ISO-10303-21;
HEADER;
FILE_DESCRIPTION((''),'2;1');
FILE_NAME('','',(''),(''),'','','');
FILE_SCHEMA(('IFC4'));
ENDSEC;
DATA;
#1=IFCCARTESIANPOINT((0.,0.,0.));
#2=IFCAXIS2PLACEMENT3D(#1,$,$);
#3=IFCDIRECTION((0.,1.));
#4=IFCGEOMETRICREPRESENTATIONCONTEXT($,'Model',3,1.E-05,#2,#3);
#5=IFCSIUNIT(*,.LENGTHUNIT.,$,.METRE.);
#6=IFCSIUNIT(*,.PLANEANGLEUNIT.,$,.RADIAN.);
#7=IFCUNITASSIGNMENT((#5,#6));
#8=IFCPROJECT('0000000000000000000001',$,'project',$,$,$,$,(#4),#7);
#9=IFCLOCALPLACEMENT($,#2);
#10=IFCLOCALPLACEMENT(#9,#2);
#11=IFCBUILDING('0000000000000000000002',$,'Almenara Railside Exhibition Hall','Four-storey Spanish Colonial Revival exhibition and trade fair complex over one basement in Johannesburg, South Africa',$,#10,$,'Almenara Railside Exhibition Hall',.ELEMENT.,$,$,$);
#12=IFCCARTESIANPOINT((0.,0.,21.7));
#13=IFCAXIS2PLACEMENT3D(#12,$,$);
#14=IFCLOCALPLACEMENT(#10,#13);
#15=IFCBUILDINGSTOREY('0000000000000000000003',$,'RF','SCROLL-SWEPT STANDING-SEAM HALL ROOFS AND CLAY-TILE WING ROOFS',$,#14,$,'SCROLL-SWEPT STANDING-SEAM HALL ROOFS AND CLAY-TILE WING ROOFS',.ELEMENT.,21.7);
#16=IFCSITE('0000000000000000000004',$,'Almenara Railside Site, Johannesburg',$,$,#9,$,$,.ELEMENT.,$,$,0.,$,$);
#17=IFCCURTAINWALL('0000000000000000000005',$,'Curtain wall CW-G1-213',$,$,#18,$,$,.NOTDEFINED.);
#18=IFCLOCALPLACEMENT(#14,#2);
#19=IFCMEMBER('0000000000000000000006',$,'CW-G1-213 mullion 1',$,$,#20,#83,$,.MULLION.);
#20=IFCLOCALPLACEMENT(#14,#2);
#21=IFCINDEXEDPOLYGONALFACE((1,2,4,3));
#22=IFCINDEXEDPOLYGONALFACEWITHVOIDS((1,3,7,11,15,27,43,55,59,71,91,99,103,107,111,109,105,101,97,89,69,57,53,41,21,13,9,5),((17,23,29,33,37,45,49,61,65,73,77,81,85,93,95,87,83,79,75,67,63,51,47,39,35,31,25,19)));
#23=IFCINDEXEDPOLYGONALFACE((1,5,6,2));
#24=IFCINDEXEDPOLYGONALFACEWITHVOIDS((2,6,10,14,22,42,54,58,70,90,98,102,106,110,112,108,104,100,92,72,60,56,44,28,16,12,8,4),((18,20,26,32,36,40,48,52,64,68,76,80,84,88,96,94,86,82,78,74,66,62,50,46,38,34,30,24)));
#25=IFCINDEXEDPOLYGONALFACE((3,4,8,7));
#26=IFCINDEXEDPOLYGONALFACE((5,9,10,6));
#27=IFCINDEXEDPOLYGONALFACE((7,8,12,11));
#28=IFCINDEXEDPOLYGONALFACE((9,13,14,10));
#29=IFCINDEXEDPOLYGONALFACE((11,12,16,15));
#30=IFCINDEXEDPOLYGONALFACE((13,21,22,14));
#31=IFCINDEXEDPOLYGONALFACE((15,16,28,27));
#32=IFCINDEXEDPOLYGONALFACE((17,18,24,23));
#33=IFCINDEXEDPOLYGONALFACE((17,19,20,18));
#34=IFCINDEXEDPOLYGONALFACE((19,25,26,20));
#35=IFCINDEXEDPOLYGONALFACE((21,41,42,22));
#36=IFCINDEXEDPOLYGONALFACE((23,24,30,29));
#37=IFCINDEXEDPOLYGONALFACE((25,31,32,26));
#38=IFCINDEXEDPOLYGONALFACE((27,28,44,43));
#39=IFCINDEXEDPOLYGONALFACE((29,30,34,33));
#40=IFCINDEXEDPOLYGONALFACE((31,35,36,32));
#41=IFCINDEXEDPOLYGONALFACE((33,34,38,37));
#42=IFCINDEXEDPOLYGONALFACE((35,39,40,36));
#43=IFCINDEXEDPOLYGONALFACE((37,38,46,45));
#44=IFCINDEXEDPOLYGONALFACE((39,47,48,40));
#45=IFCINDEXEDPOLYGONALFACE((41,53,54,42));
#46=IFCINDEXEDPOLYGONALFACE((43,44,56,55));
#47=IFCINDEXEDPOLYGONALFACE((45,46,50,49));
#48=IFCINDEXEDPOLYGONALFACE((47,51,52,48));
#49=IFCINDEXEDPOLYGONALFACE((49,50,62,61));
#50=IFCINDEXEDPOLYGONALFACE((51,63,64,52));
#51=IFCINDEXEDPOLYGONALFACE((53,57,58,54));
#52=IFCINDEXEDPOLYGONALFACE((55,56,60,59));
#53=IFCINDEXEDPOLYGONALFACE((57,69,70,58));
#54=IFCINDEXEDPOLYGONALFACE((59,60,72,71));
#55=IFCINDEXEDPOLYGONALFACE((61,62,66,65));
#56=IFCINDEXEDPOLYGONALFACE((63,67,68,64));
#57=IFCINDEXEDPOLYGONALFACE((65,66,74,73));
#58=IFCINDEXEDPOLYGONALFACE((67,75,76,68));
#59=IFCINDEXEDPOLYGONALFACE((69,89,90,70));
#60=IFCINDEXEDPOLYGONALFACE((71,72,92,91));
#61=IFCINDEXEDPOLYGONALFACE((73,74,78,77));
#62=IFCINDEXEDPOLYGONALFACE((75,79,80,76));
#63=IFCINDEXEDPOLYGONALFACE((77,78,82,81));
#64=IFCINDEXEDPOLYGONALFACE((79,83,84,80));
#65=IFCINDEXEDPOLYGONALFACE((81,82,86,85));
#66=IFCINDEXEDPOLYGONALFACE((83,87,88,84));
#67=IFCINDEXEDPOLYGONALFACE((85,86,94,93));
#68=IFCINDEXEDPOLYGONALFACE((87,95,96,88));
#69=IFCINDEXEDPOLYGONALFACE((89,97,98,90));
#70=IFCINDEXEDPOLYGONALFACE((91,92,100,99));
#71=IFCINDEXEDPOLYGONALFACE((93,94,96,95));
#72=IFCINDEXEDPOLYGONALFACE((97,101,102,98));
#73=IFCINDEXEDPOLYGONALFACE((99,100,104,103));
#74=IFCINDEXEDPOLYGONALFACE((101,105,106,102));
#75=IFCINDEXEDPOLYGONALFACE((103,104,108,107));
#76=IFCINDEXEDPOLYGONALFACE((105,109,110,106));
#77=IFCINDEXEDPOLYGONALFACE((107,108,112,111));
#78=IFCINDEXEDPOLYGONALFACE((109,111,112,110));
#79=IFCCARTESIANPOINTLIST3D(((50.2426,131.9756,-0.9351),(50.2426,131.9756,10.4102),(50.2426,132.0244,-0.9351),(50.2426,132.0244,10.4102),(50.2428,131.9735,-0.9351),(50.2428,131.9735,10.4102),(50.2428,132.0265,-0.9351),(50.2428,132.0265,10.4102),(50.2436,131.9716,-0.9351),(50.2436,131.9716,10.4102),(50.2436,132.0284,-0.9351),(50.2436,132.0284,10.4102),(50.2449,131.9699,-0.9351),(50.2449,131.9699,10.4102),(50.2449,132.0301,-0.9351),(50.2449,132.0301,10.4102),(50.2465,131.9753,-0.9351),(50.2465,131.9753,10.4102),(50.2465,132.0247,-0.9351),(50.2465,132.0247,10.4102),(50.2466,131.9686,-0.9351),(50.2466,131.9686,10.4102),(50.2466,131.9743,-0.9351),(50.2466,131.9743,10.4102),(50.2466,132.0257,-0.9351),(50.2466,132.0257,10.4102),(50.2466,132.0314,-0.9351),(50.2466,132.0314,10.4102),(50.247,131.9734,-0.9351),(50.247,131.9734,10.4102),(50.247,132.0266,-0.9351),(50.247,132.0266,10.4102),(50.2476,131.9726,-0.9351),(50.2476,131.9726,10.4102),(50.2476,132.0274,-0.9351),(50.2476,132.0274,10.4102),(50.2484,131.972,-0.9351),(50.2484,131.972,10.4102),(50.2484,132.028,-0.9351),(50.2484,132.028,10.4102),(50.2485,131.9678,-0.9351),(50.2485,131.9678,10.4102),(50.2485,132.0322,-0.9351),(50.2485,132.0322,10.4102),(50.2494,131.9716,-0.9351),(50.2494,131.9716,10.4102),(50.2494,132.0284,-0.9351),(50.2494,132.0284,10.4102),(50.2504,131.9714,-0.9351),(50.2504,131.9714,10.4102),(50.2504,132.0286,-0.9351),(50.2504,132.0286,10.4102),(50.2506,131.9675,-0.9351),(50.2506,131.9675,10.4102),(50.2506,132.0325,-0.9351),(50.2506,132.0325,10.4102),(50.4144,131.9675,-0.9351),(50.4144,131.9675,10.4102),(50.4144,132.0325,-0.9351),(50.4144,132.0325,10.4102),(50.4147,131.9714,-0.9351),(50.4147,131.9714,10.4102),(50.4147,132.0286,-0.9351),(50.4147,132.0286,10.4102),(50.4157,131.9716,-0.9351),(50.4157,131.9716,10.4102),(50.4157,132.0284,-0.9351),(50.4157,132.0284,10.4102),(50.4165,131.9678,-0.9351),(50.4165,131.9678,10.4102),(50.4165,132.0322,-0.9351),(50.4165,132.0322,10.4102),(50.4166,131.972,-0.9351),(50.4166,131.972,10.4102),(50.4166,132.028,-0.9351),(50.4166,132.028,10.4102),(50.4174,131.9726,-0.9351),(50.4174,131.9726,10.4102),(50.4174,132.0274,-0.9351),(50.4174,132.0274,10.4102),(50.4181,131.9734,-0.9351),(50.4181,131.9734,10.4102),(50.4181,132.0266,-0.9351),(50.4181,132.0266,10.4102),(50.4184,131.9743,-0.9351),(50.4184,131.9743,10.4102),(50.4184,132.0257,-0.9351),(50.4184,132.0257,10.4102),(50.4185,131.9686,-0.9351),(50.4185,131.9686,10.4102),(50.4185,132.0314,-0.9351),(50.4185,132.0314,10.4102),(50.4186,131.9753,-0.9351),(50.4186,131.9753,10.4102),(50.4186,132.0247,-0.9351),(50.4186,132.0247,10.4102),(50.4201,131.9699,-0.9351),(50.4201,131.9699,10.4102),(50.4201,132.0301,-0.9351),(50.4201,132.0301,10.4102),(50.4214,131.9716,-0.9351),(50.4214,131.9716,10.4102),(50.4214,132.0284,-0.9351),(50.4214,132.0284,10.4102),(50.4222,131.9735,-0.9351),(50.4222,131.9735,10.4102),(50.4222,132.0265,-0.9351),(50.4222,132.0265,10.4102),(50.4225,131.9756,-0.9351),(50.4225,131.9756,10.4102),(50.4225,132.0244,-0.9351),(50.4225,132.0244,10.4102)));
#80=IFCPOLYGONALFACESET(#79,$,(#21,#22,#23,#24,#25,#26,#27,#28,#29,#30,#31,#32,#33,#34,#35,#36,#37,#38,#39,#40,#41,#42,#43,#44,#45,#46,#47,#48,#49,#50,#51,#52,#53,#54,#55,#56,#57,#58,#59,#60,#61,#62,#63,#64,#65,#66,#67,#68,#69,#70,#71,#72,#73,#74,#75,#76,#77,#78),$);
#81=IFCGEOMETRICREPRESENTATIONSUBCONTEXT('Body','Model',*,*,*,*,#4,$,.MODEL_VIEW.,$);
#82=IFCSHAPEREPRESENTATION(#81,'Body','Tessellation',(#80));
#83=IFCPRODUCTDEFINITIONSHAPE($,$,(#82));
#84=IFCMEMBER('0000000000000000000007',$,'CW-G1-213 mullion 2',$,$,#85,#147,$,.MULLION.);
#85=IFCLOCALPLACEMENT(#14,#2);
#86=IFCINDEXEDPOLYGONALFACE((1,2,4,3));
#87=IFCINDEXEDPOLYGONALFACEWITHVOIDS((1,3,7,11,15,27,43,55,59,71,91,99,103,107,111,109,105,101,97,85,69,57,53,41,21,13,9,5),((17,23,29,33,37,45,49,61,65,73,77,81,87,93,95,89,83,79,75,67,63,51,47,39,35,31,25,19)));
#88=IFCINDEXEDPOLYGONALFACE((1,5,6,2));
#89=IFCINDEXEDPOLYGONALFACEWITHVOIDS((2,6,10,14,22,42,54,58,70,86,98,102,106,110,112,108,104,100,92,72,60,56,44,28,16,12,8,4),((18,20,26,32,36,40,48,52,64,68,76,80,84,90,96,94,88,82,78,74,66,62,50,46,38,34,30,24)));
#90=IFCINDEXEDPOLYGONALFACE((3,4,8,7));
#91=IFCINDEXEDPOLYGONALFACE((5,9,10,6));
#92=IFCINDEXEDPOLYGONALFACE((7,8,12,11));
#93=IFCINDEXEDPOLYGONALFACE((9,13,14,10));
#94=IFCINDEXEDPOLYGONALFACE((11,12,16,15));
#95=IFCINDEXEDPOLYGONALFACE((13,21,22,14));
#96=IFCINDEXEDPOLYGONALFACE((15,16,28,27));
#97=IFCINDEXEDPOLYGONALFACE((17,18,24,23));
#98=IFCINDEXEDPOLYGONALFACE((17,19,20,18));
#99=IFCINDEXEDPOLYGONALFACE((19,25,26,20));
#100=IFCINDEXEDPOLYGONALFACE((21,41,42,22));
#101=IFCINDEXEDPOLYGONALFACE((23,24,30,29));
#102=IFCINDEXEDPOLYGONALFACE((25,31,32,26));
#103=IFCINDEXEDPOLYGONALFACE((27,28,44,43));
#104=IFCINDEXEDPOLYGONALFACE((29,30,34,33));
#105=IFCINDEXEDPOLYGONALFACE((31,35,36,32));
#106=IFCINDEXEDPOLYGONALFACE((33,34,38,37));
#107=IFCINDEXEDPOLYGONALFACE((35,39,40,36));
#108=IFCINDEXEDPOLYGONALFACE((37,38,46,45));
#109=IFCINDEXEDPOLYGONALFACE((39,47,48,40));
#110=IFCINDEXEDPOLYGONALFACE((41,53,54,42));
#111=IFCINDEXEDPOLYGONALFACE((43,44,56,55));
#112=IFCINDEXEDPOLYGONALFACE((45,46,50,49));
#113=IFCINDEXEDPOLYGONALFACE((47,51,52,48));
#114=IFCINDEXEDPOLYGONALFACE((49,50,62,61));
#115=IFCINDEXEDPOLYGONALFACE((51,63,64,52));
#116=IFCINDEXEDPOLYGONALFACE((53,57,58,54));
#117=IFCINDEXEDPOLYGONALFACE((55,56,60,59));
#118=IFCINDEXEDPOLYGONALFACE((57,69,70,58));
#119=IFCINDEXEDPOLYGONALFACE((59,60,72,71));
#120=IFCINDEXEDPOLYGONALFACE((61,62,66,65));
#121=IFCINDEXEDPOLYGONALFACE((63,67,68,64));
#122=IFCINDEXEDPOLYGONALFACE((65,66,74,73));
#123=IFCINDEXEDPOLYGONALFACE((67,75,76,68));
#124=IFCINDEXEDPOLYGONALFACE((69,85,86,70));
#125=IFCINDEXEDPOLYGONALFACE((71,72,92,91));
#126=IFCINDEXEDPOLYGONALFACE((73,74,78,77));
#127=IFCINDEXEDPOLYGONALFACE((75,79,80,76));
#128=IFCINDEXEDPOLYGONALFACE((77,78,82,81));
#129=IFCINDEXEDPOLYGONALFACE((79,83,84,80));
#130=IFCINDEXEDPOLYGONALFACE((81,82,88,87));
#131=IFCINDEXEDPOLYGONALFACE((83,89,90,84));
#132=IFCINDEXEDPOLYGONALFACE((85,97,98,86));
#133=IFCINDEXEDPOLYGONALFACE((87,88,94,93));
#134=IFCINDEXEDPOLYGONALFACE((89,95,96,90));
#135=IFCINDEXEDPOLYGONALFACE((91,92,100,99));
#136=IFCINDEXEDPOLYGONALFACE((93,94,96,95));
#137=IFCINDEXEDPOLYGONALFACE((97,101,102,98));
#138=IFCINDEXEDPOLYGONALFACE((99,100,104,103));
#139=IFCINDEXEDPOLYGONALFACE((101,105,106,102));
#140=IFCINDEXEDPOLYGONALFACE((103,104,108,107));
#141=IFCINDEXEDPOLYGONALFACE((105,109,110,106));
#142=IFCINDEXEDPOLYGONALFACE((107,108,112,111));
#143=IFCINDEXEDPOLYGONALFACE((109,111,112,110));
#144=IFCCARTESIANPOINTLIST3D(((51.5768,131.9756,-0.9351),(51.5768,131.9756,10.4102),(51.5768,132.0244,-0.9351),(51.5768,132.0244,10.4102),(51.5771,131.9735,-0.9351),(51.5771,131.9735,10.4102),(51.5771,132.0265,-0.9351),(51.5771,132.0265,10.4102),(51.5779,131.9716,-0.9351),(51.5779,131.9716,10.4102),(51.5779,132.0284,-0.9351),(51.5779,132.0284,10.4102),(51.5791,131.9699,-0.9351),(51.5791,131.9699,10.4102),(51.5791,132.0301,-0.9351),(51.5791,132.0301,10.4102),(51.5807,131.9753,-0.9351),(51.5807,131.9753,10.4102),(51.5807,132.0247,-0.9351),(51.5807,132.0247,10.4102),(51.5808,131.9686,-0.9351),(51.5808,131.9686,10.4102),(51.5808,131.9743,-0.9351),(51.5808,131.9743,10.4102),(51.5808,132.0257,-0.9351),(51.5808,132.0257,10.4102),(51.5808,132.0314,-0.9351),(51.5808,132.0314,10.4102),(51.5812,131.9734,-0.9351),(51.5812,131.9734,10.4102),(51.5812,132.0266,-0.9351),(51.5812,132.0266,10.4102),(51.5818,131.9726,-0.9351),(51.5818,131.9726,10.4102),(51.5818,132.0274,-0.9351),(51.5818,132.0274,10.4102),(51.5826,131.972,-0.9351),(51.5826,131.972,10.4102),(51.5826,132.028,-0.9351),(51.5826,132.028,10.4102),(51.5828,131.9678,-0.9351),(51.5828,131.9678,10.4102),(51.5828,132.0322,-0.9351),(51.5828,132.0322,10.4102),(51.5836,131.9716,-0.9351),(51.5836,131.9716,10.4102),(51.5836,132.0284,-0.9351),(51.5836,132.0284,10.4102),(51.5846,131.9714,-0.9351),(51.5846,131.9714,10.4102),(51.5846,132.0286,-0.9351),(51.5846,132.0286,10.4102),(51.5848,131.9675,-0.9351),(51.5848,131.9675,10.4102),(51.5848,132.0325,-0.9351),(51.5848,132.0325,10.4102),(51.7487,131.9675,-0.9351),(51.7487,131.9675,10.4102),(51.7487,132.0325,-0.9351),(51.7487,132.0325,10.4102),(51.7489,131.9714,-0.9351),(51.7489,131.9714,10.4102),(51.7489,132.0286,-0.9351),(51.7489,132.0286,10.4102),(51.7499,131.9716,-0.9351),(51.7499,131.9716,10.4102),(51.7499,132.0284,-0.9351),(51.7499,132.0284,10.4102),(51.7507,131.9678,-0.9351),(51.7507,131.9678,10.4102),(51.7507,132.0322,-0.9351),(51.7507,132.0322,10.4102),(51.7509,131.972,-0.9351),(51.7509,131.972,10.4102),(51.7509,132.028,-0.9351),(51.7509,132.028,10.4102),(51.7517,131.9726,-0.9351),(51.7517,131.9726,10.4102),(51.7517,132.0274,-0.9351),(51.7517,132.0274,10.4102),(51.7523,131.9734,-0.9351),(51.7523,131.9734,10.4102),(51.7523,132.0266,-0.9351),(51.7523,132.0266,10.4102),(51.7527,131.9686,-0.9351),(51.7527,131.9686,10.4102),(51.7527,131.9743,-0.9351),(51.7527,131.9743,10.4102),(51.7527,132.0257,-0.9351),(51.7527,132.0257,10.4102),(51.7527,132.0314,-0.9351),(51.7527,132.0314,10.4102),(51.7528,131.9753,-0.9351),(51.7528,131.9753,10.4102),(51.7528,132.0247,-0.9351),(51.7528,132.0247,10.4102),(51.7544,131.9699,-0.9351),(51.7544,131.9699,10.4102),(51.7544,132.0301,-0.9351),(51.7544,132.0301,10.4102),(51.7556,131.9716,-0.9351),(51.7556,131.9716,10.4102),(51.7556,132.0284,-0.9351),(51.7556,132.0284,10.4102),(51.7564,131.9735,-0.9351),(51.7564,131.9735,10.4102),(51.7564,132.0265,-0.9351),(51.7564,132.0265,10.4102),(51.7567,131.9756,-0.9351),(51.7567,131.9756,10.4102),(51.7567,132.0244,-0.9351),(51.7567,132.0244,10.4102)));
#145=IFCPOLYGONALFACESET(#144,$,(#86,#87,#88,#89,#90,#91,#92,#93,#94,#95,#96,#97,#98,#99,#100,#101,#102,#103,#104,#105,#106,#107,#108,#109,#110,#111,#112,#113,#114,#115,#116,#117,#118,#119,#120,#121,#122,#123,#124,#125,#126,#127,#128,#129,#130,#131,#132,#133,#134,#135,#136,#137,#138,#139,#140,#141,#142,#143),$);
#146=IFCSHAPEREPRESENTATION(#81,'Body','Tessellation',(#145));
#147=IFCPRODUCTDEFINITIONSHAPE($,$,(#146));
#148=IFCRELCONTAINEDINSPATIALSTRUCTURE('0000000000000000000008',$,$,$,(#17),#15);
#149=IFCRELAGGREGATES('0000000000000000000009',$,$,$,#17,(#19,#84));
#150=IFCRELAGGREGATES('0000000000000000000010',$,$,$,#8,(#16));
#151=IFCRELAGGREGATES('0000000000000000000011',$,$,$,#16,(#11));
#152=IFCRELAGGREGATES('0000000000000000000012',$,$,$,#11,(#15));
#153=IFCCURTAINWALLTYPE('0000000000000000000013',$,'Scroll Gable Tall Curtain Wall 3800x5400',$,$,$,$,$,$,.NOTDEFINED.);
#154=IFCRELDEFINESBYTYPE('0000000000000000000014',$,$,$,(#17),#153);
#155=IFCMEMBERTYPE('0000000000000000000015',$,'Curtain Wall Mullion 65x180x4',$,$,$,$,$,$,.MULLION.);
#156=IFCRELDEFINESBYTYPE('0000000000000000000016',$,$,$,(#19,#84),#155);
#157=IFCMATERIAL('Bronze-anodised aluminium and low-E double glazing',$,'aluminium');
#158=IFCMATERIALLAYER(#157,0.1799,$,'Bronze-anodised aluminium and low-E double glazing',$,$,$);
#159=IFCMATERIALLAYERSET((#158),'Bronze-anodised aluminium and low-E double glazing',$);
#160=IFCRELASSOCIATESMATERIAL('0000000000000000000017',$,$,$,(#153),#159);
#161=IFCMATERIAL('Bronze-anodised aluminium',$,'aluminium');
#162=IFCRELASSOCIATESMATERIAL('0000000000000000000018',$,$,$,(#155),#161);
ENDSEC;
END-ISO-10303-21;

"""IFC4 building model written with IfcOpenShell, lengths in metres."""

from ifc_helpers import new_model, si_unit, direction, frame, origin, origin_2d, place, context, subcontext, project, spatial, hollow_rectangle, extrude, material, layer, layer_set, material_profile, profile_set, type_object, element, aggregate, save


model = new_model("IFC4")

# Units and contexts
model_context = context("Model", 3, precision=1e-05, world=origin(), true_north=direction((0.0, 1.0)))
body_context = subcontext(model_context, "Body", "Model", "MODEL_VIEW")
ifc_project = project(units=[si_unit("LENGTHUNIT", "METRE"), si_unit("PLANEANGLEUNIT", "RADIAN")], contexts=[model_context])

# Site, building, storey
site_placement = place(None, origin())
site = spatial("IfcSite", under=ifc_project, at=site_placement, Name="Almenara Railside Site, Johannesburg", CompositionType="ELEMENT", RefElevation=0.0)
building_placement = place(site_placement, origin())
building = spatial("IfcBuilding", under=site, at=building_placement, Name="Almenara Railside Exhibition Hall", Description="Four-storey Spanish Colonial Revival exhibition and trade fair complex over one basement in Johannesburg, South Africa", LongName="Almenara Railside Exhibition Hall", CompositionType="ELEMENT")
storey_placement = place(building_placement, frame((0.0, 0.0, 21.7)))
storey = spatial("IfcBuildingStorey", under=building, at=storey_placement, Name="RF", Description="SCROLL-SWEPT STANDING-SEAM HALL ROOFS AND CLAY-TILE WING ROOFS", LongName="SCROLL-SWEPT STANDING-SEAM HALL ROOFS AND CLAY-TILE WING ROOFS", CompositionType="ELEMENT", Elevation=21.7)

# Shared definitions
ifc_material_1 = material(Name="Bronze-anodised aluminium and low-E double glazing", Category="aluminium")
ifc_layer_1 = layer(ifc_material_1, 0.1799, Name="Bronze-anodised aluminium and low-E double glazing")
ifc_layer_set_1 = layer_set([ifc_layer_1], Name="Bronze-anodised aluminium and low-E double glazing")
curtain_wall_type = type_object("IfcCurtainWallType", Name="Scroll Gable Tall Curtain Wall 3800x5400", PredefinedType="NOTDEFINED", material=ifc_layer_set_1)
ifc_material_2 = material(Name="Bronze-anodised aluminium", Category="aluminium")

# Curtain wall, members
curtain_wall_1_placement = place(storey_placement, origin())
curtain_wall_1 = element("IfcCurtainWall", 1, at=curtain_wall_1_placement, inside=storey, type_object=curtain_wall_type, Name="Curtain wall CW-G1-213", PredefinedType="NOTDEFINED")
ifc_material_profile_1 = material_profile(ifc_material_2, hollow_rectangle(XDim=0.0649, YDim=0.1799, WallThickness=0.0039, InnerFilletRadius=0.0039, OuterFilletRadius=0.0081, at=origin_2d()), Name="ALU-MUL 65x180x4")
ifc_profile_set_1 = profile_set([ifc_material_profile_1], Name="Bronze-anodised aluminium")
member_type_1 = type_object("IfcMemberType", Name="Curtain Wall Mullion 65x180x4", PredefinedType="MULLION", material=ifc_profile_set_1)
member_1_placement = place(storey_placement, frame((50.3325, 132.0, -0.9351), z_axis=(0.0, 0.0, 1.0), x_axis=(0.0, 1.0, 0.0)))
member_1 = element("IfcMember", 2, at=member_1_placement, type_object=member_type_1, Name="CW-G1-213 mullion 1", PredefinedType="MULLION", context=body_context, shape_type="SweptSolid", body=[
    extrude(hollow_rectangle(XDim=0.0649, YDim=0.1799, WallThickness=0.0039, InnerFilletRadius=0.0039, OuterFilletRadius=0.0081, at=origin_2d()), origin(), (0.0, 0.0, 1.0), 11.3452),
])
member_2_placement = place(storey_placement, frame((51.6667, 132.0, -0.9351), z_axis=(0.0, 0.0, 1.0), x_axis=(0.0, 1.0, 0.0)))
member_2 = element("IfcMember", 3, at=member_2_placement, type_object=member_type_1, Name="CW-G1-213 mullion 2", PredefinedType="MULLION", context=body_context, shape_type="SweptSolid", body=[
    extrude(hollow_rectangle(XDim=0.0649, YDim=0.1799, WallThickness=0.0039, InnerFilletRadius=0.0039, OuterFilletRadius=0.0081, at=origin_2d()), origin(), (0.0, 0.0, 1.0), 11.3452),
])

aggregate(curtain_wall_1, [member_1, member_2])

save(model, "model.ifc")
